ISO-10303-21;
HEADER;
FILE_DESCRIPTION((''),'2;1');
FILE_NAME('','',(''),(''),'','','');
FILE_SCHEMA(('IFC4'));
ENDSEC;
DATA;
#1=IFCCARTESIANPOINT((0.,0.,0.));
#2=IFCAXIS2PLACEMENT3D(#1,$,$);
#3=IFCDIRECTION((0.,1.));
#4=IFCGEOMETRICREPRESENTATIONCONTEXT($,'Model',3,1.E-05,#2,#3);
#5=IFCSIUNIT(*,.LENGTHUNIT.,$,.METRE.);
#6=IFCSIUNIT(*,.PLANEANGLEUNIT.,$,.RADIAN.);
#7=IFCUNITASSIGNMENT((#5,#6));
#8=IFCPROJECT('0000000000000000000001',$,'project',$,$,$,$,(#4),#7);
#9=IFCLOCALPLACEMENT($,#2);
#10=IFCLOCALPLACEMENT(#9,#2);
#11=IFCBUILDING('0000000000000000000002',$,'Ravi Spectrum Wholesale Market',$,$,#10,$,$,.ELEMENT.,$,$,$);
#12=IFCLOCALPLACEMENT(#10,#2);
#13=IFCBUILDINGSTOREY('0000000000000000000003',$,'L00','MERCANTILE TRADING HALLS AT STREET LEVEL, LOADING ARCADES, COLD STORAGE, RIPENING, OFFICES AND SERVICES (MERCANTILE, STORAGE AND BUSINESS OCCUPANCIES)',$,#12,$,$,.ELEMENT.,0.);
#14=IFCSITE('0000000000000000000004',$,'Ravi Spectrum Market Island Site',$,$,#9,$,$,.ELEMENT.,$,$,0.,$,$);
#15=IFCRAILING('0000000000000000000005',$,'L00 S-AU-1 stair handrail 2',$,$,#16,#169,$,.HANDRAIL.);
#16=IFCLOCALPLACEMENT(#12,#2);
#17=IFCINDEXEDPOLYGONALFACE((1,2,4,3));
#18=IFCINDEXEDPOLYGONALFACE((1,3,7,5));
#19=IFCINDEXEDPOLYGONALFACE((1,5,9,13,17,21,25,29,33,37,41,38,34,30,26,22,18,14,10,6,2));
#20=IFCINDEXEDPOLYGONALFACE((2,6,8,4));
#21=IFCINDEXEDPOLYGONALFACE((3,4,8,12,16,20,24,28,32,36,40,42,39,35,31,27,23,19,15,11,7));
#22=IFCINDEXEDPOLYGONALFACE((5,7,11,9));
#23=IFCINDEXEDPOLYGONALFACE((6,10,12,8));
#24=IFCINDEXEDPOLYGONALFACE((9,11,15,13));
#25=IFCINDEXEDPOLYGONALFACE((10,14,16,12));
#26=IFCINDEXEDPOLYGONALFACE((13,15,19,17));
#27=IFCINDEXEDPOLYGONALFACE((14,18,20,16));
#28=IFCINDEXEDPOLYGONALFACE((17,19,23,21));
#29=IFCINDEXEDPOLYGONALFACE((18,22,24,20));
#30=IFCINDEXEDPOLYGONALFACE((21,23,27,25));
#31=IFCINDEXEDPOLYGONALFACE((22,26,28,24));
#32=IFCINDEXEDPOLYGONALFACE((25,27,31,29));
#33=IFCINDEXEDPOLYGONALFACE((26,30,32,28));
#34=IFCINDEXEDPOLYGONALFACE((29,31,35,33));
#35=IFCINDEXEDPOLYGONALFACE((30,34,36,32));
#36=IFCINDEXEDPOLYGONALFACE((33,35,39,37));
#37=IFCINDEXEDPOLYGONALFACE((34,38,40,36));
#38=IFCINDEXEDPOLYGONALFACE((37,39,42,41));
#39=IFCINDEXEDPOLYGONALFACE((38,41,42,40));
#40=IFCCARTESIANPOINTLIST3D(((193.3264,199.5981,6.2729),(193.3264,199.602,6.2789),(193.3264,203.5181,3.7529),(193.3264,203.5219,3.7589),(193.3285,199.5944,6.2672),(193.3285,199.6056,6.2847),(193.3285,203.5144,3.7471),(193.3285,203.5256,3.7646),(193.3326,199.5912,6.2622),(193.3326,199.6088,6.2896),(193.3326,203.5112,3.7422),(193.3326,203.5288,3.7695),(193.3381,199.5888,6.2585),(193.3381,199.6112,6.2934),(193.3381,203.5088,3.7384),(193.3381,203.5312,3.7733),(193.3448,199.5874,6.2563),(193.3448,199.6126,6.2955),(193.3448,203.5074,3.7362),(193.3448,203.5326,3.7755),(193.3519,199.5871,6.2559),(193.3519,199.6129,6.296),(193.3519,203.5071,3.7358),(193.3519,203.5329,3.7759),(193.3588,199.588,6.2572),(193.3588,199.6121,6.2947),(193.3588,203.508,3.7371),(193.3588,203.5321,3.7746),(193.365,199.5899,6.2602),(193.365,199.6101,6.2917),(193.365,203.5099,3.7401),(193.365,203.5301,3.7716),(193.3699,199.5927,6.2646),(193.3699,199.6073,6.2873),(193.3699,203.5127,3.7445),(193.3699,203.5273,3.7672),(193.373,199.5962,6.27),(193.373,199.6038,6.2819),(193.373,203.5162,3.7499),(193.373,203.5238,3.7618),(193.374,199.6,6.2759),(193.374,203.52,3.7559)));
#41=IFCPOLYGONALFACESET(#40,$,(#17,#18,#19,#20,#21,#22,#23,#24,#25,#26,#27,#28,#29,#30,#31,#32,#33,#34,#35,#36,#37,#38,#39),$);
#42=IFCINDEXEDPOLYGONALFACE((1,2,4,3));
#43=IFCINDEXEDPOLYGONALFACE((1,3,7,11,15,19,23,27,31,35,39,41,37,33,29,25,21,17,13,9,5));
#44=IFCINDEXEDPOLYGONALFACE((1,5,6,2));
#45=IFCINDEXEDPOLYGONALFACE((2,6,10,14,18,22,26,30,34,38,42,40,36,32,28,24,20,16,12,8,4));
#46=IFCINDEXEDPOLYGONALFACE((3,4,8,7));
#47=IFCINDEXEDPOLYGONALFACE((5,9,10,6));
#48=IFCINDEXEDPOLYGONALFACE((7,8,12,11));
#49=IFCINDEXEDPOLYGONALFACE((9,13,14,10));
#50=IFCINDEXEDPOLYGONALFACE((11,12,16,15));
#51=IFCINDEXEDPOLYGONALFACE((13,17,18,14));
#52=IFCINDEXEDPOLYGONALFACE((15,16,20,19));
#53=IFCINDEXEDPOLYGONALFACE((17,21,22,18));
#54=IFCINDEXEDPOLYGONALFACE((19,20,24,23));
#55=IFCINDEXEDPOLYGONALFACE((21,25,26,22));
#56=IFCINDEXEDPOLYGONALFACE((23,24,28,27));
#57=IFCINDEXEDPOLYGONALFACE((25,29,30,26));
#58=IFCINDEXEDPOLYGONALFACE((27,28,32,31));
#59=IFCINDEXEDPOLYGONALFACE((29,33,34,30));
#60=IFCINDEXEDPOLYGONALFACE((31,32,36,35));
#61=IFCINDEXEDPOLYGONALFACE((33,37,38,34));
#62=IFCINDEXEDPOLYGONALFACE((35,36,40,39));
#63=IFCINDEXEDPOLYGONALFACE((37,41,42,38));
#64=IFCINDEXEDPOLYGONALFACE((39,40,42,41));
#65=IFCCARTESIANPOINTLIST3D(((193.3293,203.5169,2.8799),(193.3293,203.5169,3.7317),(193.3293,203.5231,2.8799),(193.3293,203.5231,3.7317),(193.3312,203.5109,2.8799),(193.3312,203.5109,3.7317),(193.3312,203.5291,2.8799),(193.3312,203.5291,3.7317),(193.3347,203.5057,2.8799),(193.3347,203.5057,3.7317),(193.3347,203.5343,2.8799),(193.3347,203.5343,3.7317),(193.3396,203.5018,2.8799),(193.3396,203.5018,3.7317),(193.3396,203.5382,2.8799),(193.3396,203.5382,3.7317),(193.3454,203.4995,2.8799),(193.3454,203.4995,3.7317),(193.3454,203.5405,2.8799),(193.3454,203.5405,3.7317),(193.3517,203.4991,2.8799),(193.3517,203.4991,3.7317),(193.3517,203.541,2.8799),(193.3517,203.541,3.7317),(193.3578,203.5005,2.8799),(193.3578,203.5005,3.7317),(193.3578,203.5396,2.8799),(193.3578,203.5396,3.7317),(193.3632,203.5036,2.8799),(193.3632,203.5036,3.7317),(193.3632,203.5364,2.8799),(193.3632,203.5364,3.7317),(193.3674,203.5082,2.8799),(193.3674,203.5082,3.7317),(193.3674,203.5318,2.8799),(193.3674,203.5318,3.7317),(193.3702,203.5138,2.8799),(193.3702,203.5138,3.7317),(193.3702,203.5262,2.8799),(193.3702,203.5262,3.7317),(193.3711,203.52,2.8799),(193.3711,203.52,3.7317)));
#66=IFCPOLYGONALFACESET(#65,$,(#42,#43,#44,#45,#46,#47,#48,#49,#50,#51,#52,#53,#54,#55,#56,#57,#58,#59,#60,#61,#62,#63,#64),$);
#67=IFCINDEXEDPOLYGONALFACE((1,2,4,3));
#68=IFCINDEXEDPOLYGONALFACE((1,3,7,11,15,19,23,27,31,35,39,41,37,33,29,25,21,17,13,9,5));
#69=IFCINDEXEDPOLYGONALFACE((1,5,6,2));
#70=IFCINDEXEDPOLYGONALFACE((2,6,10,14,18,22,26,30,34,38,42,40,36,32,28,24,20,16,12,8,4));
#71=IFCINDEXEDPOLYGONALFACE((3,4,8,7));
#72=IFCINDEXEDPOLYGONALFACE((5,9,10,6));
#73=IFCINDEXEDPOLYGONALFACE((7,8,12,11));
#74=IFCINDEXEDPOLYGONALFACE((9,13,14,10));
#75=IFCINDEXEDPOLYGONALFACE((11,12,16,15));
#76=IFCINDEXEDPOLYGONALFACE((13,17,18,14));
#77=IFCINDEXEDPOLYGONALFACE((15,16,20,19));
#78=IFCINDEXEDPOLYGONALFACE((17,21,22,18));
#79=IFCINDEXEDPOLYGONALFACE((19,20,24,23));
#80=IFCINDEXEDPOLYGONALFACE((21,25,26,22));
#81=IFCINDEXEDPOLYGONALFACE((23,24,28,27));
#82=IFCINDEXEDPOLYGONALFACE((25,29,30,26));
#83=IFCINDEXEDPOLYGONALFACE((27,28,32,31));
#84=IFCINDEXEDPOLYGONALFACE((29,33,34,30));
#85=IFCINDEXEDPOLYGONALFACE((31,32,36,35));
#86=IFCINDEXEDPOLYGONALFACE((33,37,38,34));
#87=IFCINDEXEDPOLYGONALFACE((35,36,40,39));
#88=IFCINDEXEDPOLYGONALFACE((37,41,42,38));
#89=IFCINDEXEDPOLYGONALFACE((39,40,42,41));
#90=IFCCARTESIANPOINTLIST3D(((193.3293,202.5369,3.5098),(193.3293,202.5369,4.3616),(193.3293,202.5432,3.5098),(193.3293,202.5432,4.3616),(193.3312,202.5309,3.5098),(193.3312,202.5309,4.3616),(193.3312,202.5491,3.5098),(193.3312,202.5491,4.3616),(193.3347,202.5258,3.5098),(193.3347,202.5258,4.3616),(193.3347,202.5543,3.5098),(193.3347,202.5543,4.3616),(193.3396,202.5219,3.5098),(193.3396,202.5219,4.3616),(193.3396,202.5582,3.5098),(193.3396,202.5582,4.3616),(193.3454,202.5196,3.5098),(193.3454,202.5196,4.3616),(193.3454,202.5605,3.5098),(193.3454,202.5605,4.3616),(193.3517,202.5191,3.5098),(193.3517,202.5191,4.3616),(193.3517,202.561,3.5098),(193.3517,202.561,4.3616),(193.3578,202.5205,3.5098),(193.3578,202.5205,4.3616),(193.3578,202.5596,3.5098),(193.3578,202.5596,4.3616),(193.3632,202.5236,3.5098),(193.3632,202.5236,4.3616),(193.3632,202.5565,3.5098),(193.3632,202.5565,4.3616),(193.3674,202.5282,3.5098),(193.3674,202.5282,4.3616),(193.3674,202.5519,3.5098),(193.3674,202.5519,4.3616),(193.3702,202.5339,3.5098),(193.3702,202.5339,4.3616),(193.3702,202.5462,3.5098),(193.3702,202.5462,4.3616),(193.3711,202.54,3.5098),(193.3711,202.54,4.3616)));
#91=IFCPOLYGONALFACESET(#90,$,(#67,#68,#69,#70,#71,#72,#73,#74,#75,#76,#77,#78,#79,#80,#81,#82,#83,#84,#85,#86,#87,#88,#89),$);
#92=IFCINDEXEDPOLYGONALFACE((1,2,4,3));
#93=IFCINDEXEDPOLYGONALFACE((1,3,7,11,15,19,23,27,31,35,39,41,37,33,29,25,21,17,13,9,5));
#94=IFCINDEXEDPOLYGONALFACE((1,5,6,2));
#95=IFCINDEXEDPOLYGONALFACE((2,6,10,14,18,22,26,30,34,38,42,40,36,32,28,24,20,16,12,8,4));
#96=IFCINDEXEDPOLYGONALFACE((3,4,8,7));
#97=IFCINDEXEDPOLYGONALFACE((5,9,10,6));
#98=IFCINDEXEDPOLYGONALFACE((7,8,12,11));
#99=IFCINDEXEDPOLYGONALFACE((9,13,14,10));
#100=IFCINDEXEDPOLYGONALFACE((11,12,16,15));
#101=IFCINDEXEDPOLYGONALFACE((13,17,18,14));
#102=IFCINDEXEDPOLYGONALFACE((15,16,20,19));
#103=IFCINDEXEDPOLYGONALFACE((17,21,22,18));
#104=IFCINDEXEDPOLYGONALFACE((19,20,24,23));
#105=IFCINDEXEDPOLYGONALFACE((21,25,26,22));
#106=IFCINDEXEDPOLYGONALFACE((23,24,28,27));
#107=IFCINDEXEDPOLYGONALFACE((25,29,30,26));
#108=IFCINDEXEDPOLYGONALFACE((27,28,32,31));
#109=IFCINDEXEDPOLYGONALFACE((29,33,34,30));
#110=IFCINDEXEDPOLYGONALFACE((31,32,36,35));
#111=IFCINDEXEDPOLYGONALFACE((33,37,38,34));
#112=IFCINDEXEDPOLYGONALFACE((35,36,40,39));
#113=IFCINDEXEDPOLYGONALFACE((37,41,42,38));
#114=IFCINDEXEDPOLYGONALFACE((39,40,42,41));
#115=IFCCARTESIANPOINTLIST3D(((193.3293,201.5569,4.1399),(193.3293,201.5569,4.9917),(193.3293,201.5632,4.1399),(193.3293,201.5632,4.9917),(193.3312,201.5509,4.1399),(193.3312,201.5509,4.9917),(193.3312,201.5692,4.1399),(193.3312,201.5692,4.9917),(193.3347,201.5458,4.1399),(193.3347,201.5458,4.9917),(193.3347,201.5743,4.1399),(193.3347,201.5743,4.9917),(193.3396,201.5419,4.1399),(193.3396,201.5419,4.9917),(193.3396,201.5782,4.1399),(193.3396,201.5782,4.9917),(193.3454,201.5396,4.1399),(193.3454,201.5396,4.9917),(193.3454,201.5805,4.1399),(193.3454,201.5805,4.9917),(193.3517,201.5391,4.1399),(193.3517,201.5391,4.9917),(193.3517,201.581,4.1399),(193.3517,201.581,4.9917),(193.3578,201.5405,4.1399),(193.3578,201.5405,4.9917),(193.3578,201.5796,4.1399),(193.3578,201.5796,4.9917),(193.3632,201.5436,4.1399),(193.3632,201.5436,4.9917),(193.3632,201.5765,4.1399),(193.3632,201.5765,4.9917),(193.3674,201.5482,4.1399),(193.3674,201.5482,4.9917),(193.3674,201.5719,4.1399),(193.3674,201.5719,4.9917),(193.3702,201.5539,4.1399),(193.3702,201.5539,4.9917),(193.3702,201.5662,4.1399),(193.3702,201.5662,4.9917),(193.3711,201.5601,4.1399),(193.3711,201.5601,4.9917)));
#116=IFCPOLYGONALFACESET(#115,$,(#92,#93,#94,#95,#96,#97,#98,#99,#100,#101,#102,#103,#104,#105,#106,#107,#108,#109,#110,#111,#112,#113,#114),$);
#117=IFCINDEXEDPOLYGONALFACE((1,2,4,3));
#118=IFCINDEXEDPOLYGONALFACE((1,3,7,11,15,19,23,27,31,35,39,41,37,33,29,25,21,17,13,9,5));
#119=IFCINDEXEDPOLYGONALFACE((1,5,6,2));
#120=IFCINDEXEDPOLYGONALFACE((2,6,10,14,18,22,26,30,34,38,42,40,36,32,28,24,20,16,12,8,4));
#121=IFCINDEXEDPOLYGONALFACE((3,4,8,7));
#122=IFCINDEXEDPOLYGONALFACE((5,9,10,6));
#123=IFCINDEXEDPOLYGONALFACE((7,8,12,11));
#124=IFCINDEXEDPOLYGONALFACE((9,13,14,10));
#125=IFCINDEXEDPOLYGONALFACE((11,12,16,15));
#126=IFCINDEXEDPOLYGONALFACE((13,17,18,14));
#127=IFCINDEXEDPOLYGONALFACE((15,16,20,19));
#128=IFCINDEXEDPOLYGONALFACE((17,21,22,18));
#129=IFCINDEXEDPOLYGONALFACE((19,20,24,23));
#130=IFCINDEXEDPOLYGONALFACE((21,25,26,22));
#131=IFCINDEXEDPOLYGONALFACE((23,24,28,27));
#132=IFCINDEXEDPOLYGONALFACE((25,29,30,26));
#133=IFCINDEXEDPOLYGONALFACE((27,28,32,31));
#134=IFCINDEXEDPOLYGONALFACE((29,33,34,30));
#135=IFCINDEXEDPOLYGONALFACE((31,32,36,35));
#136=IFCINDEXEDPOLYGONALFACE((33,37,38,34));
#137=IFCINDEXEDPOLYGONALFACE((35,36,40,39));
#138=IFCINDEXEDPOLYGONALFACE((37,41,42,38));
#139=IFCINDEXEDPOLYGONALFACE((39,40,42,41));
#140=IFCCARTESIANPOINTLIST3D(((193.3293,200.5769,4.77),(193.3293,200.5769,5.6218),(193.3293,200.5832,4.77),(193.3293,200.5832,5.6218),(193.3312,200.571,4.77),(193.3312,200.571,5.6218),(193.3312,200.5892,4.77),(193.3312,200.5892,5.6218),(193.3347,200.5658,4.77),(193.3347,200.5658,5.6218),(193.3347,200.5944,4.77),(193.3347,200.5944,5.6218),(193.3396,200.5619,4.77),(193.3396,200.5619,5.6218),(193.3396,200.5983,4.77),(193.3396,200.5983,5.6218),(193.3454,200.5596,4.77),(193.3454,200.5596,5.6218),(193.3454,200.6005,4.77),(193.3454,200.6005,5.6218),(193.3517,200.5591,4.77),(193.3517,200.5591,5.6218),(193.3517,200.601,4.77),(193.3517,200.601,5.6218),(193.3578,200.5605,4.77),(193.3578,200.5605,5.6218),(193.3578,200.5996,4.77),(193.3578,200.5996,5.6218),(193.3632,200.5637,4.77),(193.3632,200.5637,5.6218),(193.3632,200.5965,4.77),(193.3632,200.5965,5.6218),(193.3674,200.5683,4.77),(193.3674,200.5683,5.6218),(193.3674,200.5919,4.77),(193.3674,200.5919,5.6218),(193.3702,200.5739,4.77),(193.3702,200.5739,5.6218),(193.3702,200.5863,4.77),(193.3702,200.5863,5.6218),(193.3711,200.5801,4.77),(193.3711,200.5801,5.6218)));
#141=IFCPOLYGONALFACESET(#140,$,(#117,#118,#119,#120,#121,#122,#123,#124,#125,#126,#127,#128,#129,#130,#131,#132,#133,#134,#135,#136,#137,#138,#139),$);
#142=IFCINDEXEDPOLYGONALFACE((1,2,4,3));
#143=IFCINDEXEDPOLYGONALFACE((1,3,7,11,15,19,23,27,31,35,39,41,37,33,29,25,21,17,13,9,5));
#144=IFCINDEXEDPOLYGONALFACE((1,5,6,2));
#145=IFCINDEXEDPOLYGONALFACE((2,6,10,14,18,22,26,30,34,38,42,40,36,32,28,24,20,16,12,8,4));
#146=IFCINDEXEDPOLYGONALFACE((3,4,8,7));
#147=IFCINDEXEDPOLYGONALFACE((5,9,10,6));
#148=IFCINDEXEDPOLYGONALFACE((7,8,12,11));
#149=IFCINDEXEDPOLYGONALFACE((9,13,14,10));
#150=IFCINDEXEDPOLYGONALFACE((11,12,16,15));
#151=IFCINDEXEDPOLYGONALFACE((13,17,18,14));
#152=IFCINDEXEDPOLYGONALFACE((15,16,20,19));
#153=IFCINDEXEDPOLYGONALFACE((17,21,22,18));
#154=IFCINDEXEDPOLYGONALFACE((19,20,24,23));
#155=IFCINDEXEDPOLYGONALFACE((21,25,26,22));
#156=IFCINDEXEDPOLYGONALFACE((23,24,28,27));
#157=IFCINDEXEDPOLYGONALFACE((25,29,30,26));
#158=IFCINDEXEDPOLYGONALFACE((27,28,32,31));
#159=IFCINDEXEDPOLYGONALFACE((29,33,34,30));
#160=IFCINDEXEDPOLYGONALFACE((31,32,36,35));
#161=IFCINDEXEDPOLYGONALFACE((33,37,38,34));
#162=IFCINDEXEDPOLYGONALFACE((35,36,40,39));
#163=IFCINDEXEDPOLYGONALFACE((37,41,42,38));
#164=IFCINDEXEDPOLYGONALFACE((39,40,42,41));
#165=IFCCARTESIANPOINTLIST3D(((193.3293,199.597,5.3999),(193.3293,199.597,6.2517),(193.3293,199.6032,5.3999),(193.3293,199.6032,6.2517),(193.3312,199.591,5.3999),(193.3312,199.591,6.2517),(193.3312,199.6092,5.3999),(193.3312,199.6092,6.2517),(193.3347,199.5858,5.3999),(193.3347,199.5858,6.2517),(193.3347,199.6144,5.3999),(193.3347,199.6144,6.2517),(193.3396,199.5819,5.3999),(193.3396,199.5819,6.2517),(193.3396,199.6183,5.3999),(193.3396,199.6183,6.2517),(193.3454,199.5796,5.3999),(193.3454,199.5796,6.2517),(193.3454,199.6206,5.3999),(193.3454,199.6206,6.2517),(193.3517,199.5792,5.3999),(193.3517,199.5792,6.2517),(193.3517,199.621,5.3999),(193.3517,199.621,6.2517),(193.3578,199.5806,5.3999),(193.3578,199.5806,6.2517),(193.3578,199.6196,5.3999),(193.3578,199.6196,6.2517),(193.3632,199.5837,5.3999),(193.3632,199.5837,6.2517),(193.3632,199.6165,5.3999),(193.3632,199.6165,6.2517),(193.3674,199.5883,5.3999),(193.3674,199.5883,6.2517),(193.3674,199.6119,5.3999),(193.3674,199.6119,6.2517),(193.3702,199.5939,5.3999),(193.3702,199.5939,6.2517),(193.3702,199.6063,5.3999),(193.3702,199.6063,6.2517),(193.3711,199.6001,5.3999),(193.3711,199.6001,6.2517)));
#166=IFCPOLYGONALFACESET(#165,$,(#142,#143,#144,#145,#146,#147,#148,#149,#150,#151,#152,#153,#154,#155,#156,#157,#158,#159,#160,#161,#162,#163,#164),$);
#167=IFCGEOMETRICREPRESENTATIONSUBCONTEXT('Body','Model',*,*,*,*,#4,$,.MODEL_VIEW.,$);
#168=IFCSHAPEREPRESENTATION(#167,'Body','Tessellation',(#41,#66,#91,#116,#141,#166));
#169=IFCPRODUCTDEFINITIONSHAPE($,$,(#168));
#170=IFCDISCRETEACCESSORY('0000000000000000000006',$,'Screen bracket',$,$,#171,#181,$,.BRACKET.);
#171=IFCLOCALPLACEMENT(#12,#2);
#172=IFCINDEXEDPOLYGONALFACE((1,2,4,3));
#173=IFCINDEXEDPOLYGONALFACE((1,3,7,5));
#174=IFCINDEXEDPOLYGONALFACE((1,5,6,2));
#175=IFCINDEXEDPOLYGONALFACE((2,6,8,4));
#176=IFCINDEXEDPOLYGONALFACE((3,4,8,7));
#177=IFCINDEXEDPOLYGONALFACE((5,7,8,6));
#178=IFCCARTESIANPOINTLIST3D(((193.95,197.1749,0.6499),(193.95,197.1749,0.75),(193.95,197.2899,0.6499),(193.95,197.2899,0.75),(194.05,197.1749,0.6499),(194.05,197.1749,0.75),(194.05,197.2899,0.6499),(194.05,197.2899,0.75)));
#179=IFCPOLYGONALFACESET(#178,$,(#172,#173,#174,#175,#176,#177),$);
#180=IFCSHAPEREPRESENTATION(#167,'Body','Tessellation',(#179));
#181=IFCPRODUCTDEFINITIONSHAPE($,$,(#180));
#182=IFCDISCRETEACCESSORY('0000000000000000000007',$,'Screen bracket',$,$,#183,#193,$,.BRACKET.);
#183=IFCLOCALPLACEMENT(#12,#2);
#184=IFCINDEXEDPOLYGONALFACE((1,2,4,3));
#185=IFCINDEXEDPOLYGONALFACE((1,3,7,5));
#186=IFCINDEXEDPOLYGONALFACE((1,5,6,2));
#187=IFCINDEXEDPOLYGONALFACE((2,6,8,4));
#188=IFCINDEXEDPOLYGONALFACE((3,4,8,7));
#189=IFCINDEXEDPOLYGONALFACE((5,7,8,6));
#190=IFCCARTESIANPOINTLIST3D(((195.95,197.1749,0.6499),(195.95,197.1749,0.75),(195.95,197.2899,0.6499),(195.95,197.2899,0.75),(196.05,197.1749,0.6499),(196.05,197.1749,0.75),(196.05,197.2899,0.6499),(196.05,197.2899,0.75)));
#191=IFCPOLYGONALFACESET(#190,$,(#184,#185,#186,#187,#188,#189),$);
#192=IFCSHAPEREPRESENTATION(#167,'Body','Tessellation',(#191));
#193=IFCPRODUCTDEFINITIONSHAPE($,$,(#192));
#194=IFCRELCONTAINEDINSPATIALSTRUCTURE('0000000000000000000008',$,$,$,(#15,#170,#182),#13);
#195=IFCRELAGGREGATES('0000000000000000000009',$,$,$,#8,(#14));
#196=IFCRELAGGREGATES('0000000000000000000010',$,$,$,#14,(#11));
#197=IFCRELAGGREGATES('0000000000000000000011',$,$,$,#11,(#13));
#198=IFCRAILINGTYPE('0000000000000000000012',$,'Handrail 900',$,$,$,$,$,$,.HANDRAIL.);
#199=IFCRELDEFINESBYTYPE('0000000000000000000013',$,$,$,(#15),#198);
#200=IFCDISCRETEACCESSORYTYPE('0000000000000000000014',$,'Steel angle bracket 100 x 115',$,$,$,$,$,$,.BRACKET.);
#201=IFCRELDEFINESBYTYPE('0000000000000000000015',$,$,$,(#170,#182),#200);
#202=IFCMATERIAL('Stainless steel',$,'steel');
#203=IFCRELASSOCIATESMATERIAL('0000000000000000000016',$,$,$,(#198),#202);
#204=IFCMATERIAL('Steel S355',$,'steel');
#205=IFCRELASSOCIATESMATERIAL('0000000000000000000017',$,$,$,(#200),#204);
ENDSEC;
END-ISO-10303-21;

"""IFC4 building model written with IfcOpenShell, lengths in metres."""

from ifc_helpers import new_model, si_unit, direction, frame, origin, origin_2d, place, context, subcontext, project, spatial, rectangle, circle, extrude, material, type_object, element, save


model = new_model("IFC4")

# Units and contexts
model_context = context("Model", 3, precision=1e-05, world=origin(), true_north=direction((0.0, 1.0)))
body_context = subcontext(model_context, "Body", "Model", "MODEL_VIEW")
ifc_project = project(units=[si_unit("LENGTHUNIT", "METRE"), si_unit("PLANEANGLEUNIT", "RADIAN")], contexts=[model_context])

# Site, building, storey
site_placement = place(None, origin())
site = spatial("IfcSite", under=ifc_project, at=site_placement, Name="Ravi Spectrum Market Island Site", CompositionType="ELEMENT", RefElevation=0.0)
building_placement = place(site_placement, origin())
building = spatial("IfcBuilding", under=site, at=building_placement, Name="Ravi Spectrum Wholesale Market", CompositionType="ELEMENT")
storey_placement = place(building_placement, origin())
storey = spatial("IfcBuildingStorey", under=building, at=storey_placement, Name="L00", Description="MERCANTILE TRADING HALLS AT STREET LEVEL, LOADING ARCADES, COLD STORAGE, RIPENING, OFFICES AND SERVICES (MERCANTILE, STORAGE AND BUSINESS OCCUPANCIES)", CompositionType="ELEMENT", Elevation=0.0)

# Railing
ifc_material_1 = material(Name="Stainless steel", Category="steel")
railing_type_1 = type_object("IfcRailingType", Name="Handrail 900", PredefinedType="HANDRAIL", material=ifc_material_1)
railing_1_placement = place(storey_placement, frame((193.3501, 203.52, 2.8799)))
element("IfcRailing", 1, at=railing_1_placement, inside=storey, type_object=railing_type_1, Name="L00 S-AU-1 stair handrail 2", PredefinedType="HANDRAIL", context=body_context, shape_type="SweptSolid", body=[
    extrude(circle(Radius=0.0239, at=origin_2d()), frame((0.0, 0.0, 0.876), z_axis=(0.0, -0.841172, 0.540768), x_axis=(1.0, 0.0, 0.0)), (0.0, 0.0, 1.0), 4.6602),
    extrude(circle(Radius=0.021, at=origin_2d()), origin(), (0.0, 0.0, 1.0), 0.8518),
    extrude(circle(Radius=0.021, at=origin_2d()), frame((0.0, -0.98, 0.6299)), (0.0, 0.0, 1.0), 0.8518),
    extrude(circle(Radius=0.021, at=origin_2d()), frame((0.0, -1.96, 1.26)), (0.0, 0.0, 1.0), 0.8518),
    extrude(circle(Radius=0.021, at=origin_2d()), frame((0.0, -2.9399, 1.8901)), (0.0, 0.0, 1.0), 0.8518),
    extrude(circle(Radius=0.021, at=origin_2d()), frame((0.0, -3.9199, 2.52)), (0.0, 0.0, 1.0), 0.8518),
])

# Discrete accessories
ifc_material_2 = material(Name="Steel S355", Category="steel")
discrete_accessory_type = type_object("IfcDiscreteAccessoryType", Name="Steel angle bracket 100 x 115", PredefinedType="BRACKET", material=ifc_material_2)
for number, where, z_axis, x_axis, name in (
    (2, (194.0, 197.2324, 0.6499), (0.0, 0.0, 1.0), (1.0, 0.0, 0.0), "Screen bracket"),
    (3, (196.0, 197.2324, 0.6499), (0.0, 0.0, 1.0), (1.0, 0.0, 0.0), "Screen bracket"),
):
    element("IfcDiscreteAccessory", number, at=place(storey_placement, frame(where, z_axis=z_axis, x_axis=x_axis)), inside=storey, type_object=discrete_accessory_type, Name=name, PredefinedType="BRACKET", context=body_context, shape_type="SweptSolid", body=[
        extrude(rectangle(XDim=0.1001, YDim=0.115, at=origin_2d()), origin(), (0.0, 0.0, 1.0), 0.1001),
    ])

save(model, "model.ifc")
